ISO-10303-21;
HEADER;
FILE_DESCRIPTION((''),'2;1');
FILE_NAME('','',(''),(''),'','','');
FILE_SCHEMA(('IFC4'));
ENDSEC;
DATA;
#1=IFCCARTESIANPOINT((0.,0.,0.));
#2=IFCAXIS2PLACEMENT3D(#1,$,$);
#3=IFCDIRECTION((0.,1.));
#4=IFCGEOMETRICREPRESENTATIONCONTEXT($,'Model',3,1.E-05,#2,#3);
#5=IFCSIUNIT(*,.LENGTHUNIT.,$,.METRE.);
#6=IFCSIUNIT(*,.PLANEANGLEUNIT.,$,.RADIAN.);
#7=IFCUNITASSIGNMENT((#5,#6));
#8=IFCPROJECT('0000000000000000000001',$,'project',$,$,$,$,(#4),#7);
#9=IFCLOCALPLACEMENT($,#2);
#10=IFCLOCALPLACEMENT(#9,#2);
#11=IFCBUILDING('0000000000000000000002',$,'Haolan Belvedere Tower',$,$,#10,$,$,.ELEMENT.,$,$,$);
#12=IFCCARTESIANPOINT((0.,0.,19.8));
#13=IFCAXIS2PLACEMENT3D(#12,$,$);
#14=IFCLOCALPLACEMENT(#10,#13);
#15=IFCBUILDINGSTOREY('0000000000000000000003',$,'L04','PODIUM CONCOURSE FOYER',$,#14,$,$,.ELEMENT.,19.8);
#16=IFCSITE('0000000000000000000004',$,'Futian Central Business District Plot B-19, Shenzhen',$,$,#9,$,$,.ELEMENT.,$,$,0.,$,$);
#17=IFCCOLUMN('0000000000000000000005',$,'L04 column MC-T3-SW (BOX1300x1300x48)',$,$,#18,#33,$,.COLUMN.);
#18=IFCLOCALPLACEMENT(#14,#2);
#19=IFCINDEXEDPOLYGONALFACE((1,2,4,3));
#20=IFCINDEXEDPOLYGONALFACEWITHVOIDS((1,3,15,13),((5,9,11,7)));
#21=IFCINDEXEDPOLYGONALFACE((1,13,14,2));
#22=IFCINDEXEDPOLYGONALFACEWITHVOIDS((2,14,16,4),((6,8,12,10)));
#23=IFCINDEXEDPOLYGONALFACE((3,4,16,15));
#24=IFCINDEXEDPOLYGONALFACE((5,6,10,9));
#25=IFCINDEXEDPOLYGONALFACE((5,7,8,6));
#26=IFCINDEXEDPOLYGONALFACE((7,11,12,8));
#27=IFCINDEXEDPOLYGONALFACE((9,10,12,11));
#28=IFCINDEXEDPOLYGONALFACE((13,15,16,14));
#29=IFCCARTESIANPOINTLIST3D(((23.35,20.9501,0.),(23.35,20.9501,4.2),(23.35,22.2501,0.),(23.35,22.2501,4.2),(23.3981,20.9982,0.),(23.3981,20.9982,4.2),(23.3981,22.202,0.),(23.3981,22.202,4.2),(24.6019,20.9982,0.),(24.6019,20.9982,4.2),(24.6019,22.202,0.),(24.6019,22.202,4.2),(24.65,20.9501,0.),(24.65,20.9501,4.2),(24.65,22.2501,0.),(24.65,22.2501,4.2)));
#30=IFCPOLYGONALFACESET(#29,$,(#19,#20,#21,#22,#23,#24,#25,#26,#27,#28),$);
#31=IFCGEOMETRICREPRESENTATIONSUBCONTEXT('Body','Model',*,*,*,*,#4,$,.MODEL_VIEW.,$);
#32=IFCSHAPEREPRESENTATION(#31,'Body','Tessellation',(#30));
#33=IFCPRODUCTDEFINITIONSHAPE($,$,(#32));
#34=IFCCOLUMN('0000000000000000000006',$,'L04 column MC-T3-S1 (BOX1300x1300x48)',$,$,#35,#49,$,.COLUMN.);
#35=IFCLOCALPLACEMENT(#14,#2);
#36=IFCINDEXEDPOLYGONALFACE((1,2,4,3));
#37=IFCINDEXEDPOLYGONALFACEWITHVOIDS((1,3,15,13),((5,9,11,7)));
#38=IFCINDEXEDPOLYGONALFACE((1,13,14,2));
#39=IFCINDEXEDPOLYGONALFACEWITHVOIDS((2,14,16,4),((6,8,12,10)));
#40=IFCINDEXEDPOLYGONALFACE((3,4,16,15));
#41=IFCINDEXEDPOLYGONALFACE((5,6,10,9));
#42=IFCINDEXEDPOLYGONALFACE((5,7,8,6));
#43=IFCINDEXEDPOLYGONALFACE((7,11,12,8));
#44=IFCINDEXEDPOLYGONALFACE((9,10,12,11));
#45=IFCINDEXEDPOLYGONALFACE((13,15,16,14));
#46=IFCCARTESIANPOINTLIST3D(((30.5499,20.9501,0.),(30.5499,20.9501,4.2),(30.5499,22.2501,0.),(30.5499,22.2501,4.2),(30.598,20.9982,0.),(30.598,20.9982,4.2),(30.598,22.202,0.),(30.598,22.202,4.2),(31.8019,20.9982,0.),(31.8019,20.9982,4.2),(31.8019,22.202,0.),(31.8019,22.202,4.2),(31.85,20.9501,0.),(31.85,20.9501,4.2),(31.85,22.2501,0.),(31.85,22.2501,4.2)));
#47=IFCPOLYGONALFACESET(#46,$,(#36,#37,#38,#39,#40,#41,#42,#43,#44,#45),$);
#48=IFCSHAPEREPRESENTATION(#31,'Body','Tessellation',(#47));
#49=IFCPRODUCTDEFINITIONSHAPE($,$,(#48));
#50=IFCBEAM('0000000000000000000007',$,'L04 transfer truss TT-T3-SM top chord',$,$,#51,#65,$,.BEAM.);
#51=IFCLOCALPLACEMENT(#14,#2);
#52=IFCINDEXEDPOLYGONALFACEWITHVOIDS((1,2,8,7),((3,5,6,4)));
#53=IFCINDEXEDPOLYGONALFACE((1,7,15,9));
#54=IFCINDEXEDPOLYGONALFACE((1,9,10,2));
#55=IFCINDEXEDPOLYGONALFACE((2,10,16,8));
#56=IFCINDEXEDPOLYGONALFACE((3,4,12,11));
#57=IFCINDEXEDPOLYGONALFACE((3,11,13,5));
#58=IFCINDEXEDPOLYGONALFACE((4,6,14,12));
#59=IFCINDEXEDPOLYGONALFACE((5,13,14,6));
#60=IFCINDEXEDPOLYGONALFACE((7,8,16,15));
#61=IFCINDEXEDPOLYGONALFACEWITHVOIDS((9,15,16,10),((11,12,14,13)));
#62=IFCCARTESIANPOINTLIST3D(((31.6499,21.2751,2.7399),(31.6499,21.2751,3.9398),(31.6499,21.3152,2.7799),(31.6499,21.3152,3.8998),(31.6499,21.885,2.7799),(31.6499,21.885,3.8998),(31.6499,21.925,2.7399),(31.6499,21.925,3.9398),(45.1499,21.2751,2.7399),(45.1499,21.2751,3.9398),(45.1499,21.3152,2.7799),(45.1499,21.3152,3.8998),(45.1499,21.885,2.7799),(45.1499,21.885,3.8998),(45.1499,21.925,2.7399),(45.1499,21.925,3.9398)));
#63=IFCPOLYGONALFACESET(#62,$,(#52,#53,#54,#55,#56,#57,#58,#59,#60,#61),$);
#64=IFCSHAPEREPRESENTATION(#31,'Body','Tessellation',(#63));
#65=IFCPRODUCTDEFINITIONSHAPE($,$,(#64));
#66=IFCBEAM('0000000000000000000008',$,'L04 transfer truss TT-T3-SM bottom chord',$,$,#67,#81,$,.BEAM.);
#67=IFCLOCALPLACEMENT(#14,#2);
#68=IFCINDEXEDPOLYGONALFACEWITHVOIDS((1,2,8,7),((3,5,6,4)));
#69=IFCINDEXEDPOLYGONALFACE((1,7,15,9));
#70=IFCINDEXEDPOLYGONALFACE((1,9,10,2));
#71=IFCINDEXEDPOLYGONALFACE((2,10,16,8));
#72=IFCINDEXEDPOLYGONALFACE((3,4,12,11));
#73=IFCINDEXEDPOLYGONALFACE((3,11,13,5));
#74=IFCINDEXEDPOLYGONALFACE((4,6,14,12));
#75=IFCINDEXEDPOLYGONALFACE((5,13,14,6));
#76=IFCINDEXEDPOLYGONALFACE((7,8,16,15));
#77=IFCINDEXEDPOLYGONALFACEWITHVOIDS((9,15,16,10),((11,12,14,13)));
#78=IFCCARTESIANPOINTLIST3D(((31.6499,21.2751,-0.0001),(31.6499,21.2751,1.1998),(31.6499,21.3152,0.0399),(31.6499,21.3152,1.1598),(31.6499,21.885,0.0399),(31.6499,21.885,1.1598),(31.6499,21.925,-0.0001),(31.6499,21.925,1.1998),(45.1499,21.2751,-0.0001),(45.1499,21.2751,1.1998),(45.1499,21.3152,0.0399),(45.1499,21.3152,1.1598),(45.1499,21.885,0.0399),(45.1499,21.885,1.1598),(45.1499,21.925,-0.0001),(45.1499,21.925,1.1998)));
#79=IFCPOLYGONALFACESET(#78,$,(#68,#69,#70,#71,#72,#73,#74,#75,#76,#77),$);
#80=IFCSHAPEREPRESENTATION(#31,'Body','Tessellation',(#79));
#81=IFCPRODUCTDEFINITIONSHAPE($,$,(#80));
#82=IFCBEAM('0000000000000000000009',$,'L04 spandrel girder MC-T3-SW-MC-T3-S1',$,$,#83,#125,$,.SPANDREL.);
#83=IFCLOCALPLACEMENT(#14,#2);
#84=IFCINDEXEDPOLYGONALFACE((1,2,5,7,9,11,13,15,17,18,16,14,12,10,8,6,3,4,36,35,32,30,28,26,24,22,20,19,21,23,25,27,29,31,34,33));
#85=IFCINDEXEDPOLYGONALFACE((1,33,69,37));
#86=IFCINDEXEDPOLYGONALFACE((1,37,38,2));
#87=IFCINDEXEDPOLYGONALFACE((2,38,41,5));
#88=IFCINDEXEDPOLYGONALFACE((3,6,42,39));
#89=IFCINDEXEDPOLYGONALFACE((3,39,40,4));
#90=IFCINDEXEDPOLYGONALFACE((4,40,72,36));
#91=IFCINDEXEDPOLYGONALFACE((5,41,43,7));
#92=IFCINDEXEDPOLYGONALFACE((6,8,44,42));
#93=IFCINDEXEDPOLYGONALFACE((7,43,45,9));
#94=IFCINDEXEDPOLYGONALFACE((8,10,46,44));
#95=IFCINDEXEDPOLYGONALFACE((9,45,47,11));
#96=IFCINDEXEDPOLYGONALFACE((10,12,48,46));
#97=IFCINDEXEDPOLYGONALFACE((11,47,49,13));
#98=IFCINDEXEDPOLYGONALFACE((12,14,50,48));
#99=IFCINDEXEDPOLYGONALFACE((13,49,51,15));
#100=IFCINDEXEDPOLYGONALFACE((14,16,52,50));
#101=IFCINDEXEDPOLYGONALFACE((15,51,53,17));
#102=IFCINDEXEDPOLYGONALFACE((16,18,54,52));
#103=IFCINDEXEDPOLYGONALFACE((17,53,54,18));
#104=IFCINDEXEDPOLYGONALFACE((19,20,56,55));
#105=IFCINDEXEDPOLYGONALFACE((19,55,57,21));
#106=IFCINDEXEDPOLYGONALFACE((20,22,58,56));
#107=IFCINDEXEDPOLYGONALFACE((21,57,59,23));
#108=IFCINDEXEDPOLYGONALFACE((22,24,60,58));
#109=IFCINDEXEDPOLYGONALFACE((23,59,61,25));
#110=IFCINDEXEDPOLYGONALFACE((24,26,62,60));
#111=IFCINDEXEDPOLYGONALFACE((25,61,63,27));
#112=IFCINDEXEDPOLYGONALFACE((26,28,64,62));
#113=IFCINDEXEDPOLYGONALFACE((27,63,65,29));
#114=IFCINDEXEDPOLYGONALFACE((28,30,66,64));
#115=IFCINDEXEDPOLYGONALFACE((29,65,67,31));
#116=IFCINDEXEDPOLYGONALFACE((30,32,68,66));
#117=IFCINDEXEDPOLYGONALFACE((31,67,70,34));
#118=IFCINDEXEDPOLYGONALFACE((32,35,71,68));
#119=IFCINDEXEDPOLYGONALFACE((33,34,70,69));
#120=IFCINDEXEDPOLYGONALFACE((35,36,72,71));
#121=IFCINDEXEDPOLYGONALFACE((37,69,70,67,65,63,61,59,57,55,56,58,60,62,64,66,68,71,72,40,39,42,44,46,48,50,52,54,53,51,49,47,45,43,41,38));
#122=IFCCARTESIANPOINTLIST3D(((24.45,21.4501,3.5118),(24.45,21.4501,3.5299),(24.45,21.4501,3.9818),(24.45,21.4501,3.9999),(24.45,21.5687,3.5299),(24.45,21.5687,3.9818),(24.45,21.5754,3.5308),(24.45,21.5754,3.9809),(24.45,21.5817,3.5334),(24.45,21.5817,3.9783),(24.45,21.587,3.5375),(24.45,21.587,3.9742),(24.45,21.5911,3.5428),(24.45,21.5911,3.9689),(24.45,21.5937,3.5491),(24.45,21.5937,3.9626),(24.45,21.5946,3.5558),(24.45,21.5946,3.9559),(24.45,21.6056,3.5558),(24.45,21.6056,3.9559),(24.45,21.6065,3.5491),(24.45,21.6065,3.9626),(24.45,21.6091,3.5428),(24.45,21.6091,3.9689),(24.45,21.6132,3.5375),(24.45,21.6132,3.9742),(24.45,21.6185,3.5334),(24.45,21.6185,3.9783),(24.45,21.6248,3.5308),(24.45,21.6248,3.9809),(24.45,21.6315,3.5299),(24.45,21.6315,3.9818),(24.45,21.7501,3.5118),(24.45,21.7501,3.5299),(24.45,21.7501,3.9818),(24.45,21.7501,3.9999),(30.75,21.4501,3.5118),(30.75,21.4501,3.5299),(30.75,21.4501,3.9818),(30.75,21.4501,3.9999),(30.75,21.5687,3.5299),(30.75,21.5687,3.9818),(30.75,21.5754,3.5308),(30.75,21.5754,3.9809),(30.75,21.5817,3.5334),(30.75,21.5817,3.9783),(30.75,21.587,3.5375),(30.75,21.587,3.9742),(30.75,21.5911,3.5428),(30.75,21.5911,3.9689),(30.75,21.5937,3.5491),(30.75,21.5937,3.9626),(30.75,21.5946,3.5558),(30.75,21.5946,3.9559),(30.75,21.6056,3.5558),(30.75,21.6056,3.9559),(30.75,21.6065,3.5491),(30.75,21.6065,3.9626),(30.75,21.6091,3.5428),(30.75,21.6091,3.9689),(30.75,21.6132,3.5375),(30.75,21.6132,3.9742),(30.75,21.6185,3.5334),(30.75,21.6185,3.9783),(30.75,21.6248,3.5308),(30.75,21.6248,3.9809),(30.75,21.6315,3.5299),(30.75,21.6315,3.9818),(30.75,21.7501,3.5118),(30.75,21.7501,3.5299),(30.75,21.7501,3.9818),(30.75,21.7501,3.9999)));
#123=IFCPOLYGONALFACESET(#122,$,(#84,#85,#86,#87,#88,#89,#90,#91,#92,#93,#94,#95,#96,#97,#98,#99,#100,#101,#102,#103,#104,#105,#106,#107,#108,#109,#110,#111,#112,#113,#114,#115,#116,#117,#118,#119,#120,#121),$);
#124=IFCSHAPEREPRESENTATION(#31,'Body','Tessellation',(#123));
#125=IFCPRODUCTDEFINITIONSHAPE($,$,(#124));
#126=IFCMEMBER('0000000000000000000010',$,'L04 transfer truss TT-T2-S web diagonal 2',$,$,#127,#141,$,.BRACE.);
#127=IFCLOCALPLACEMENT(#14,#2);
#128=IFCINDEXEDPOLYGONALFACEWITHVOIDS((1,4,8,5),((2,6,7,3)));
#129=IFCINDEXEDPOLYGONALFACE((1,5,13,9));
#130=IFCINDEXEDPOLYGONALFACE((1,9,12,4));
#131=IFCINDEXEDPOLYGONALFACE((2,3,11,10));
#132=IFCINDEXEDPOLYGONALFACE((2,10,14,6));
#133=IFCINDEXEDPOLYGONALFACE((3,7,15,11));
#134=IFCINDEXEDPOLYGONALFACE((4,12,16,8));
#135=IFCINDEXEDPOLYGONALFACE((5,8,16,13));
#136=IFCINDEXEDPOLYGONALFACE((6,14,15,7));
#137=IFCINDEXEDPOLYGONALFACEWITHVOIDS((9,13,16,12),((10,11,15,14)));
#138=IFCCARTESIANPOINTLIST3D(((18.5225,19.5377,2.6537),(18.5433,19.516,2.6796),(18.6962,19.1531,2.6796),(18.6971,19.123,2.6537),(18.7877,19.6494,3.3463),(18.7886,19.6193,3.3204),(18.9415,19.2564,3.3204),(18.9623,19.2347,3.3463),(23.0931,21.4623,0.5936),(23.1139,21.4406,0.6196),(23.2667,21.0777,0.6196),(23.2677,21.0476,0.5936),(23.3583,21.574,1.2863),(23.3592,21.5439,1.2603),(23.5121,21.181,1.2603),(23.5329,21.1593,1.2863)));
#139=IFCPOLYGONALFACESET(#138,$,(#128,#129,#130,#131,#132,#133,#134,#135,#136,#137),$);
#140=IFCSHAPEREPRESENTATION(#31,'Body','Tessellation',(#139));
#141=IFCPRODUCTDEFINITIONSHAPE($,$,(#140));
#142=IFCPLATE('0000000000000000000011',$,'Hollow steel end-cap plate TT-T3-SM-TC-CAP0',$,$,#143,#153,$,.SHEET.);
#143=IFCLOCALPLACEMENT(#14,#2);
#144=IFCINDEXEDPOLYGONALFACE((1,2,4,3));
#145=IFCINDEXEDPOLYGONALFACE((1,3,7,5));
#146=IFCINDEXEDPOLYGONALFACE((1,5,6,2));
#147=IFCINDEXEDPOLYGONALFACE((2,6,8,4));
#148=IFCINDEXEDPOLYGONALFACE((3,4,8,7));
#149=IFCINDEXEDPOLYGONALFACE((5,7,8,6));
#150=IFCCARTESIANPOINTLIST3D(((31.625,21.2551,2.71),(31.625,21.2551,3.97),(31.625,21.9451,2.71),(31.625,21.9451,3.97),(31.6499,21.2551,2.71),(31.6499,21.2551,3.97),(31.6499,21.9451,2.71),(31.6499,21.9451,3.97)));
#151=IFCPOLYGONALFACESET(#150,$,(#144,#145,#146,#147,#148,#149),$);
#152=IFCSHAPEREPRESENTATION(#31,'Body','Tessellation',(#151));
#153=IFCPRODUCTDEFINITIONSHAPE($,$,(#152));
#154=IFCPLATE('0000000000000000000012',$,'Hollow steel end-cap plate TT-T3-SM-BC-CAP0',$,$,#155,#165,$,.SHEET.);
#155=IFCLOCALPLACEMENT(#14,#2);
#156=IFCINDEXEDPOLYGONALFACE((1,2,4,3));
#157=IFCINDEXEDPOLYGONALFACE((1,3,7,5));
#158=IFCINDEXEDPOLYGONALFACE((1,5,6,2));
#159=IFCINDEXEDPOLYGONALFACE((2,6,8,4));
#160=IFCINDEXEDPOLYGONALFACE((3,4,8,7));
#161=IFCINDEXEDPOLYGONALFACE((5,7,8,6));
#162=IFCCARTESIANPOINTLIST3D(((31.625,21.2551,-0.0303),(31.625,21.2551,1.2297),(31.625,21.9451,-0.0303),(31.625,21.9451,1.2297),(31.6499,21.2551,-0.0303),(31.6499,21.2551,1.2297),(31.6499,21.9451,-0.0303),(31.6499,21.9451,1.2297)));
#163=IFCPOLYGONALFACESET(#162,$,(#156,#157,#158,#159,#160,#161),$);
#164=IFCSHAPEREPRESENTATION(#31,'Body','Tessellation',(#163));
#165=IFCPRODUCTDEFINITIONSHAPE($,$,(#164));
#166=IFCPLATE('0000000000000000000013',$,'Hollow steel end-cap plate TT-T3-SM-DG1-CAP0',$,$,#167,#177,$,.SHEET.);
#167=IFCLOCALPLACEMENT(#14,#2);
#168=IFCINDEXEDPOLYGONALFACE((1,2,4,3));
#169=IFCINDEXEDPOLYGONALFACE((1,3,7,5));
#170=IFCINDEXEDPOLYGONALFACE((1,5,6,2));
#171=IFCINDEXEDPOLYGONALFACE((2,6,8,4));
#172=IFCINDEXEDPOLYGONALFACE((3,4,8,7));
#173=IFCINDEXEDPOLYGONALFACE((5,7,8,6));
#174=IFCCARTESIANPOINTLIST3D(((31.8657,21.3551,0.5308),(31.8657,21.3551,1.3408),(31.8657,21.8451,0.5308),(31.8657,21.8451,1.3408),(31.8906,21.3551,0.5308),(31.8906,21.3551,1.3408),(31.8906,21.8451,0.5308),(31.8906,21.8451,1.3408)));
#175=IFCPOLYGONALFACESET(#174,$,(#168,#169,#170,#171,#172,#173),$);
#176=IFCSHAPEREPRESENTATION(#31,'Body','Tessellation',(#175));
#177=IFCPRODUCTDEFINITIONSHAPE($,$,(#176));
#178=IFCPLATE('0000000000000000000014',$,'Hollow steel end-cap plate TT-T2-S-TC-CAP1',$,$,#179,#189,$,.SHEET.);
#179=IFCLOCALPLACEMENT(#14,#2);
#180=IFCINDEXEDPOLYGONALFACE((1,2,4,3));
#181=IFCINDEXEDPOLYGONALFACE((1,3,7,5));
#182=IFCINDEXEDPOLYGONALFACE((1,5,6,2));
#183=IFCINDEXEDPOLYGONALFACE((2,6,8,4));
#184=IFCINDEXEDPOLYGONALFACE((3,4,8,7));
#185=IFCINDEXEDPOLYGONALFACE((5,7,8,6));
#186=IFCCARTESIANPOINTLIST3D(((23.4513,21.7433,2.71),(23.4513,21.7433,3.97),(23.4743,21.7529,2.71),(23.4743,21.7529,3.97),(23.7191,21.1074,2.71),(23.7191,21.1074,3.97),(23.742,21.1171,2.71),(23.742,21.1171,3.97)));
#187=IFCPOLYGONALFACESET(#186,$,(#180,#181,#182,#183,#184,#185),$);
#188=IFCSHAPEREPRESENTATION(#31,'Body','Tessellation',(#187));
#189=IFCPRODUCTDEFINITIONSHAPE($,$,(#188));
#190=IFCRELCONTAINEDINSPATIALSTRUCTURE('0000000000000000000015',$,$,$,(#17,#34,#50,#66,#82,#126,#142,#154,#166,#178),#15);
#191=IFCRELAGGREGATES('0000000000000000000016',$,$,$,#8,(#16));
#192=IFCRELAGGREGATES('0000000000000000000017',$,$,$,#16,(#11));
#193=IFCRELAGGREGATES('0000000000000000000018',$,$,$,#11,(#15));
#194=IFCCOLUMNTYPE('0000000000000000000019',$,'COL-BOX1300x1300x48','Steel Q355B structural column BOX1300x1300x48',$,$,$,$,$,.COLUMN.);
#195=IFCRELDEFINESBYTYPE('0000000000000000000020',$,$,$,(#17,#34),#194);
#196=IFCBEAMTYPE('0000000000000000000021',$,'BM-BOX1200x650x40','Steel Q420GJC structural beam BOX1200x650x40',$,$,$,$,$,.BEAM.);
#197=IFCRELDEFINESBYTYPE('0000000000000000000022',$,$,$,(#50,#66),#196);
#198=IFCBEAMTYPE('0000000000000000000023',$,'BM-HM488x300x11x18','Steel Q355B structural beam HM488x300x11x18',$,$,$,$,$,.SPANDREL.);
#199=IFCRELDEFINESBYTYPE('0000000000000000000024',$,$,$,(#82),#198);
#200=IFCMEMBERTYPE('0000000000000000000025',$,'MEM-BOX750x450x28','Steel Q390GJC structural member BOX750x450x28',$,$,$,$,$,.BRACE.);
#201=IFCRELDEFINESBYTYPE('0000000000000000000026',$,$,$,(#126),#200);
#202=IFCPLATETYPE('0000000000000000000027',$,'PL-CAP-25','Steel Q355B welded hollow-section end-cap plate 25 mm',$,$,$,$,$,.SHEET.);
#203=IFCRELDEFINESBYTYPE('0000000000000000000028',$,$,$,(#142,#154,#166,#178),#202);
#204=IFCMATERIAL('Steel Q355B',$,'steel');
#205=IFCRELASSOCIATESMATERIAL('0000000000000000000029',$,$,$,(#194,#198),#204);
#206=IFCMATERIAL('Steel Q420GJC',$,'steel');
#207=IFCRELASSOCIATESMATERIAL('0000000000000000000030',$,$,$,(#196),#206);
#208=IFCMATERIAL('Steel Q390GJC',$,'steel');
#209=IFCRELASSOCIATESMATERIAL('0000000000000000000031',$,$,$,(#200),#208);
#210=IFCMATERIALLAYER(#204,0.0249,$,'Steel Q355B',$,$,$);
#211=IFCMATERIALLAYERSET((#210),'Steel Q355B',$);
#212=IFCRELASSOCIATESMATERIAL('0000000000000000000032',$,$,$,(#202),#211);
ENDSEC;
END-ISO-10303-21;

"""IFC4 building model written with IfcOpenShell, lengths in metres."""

from ifc_helpers import new_model, si_unit, direction, frame, origin, origin_2d, place, context, subcontext, project, spatial, rectangle, hollow_rectangle, i_section, extrude, material, layer, layer_set, material_profile, profile_set, type_object, element, save


model = new_model("IFC4")

# Units and contexts
model_context = context("Model", 3, precision=1e-05, world=origin(), true_north=direction((0.0, 1.0)))
body_context = subcontext(model_context, "Body", "Model", "MODEL_VIEW")
ifc_project = project(units=[si_unit("LENGTHUNIT", "METRE"), si_unit("PLANEANGLEUNIT", "RADIAN")], contexts=[model_context])

# Site, building, storey
site_placement = place(None, origin())
site = spatial("IfcSite", under=ifc_project, at=site_placement, Name="Futian Central Business District Plot B-19, Shenzhen", CompositionType="ELEMENT", RefElevation=0.0)
building_placement = place(site_placement, origin())
building = spatial("IfcBuilding", under=site, at=building_placement, Name="Haolan Belvedere Tower", CompositionType="ELEMENT")
storey_placement = place(building_placement, frame((0.0, 0.0, 19.8)))
storey = spatial("IfcBuildingStorey", under=building, at=storey_placement, Name="L04", Description="PODIUM CONCOURSE FOYER", CompositionType="ELEMENT", Elevation=19.8)

# Columns
ifc_material_1 = material(Name="Steel Q355B", Category="steel")
ifc_material_profile_1 = material_profile(ifc_material_1, hollow_rectangle(XDim=1.3, YDim=1.3, WallThickness=0.0481, at=origin_2d()), Name="Steel Q355B")
ifc_profile_set_1 = profile_set([ifc_material_profile_1], Name="Steel Q355B")
column_type = type_object("IfcColumnType", Name="COL-BOX1300x1300x48", Description="Steel Q355B structural column BOX1300x1300x48", PredefinedType="COLUMN", material=ifc_profile_set_1)
for number, where, z_axis, x_axis, name in (
    (1, (24.0, 21.6001, 0.0), (0.0, 0.0, 1.0), (1.0, 0.0, 0.0), "L04 column MC-T3-SW (BOX1300x1300x48)"),
    (2, (31.2, 21.6001, 0.0), (0.0, 0.0, 1.0), (1.0, 0.0, 0.0), "L04 column MC-T3-S1 (BOX1300x1300x48)"),
):
    element("IfcColumn", number, at=place(storey_placement, frame(where, z_axis=z_axis, x_axis=x_axis)), inside=storey, type_object=column_type, Name=name, PredefinedType="COLUMN", context=body_context, shape_type="SweptSolid", body=[
        extrude(hollow_rectangle(XDim=1.3, YDim=1.3, WallThickness=0.0481, at=origin_2d()), origin(), (0.0, 0.0, 1.0), 4.2),
    ])

# Beams
ifc_material_2 = material(Name="Steel Q420GJC", Category="steel")
ifc_material_profile_2 = material_profile(ifc_material_2, hollow_rectangle(XDim=0.6499, YDim=1.2, WallThickness=0.04, at=origin_2d()), Name="Steel Q420GJC")
ifc_profile_set_2 = profile_set([ifc_material_profile_2], Name="Steel Q420GJC")
beam_type_1 = type_object("IfcBeamType", Name="BM-BOX1200x650x40", Description="Steel Q420GJC structural beam BOX1200x650x40", PredefinedType="BEAM", material=ifc_profile_set_2)
for number, where, z_axis, x_axis, name in (
    (3, (31.6499, 21.6001, 3.3398), (1.0, 0.0, 0.0), (0.0, 1.0, 0.0), "L04 transfer truss TT-T3-SM top chord"),
    (4, (31.6499, 21.6001, 0.5999), (1.0, 0.0, 0.0), (0.0, 1.0, 0.0), "L04 transfer truss TT-T3-SM bottom chord"),
):
    element("IfcBeam", number, at=place(storey_placement, frame(where, z_axis=z_axis, x_axis=x_axis)), inside=storey, type_object=beam_type_1, Name=name, PredefinedType="BEAM", context=body_context, shape_type="SweptSolid", body=[
        extrude(hollow_rectangle(XDim=0.6499, YDim=1.2, WallThickness=0.04, at=origin_2d()), origin(), (0.0, 0.0, 1.0), 13.5),
    ])
ifc_material_profile_3 = material_profile(ifc_material_1, i_section(OverallWidth=0.3, OverallDepth=0.488, WebThickness=0.011, FlangeThickness=0.0181, FilletRadius=0.0259, at=origin_2d()), Name="Steel Q355B")
ifc_profile_set_3 = profile_set([ifc_material_profile_3], Name="Steel Q355B")
beam_type_2 = type_object("IfcBeamType", Name="BM-HM488x300x11x18", Description="Steel Q355B structural beam HM488x300x11x18", PredefinedType="SPANDREL", material=ifc_profile_set_3)
beam_placement = place(storey_placement, frame((24.45, 21.6001, 3.7559), z_axis=(1.0, 0.0, 0.0), x_axis=(0.0, 1.0, 0.0)))
element("IfcBeam", 5, at=beam_placement, inside=storey, type_object=beam_type_2, Name="L04 spandrel girder MC-T3-SW-MC-T3-S1", PredefinedType="SPANDREL", context=body_context, shape_type="SweptSolid", body=[
    extrude(i_section(OverallWidth=0.3, OverallDepth=0.488, WebThickness=0.011, FlangeThickness=0.0181, FilletRadius=0.0259, at=origin_2d()), origin(), (0.0, 0.0, 1.0), 6.3),
])

# Member
ifc_material_3 = material(Name="Steel Q390GJC", Category="steel")
ifc_material_profile_4 = material_profile(ifc_material_3, hollow_rectangle(XDim=0.45, YDim=0.75, WallThickness=0.0281, at=origin_2d()), Name="Steel Q390GJC")
ifc_profile_set_4 = profile_set([ifc_material_profile_4], Name="Steel Q390GJC")
member_type = type_object("IfcMemberType", Name="MEM-BOX750x450x28", Description="Steel Q390GJC structural member BOX750x450x28", PredefinedType="BRACE", material=ifc_profile_set_4)
member_placement = place(storey_placement, frame((23.313, 21.3108, 0.9399), z_axis=(-0.851115, -0.358386, 0.383618), x_axis=(0.388077, -0.921627, 0.0)))
element("IfcMember", 6, at=member_placement, inside=storey, type_object=member_type, Name="L04 transfer truss TT-T2-S web diagonal 2", PredefinedType="BRACE", context=body_context, shape_type="SweptSolid", body=[
    extrude(hollow_rectangle(XDim=0.45, YDim=0.75, WallThickness=0.0281, at=origin_2d()), origin(), (0.0, 0.0, 1.0), 5.3701),
])

# Plates
ifc_layer_1 = layer(ifc_material_1, 0.0249, Name="Steel Q355B")
ifc_layer_set_1 = layer_set([ifc_layer_1], Name="Steel Q355B")
plate_type_1 = type_object("IfcPlateType", Name="PL-CAP-25", Description="Steel Q355B welded hollow-section end-cap plate 25 mm", PredefinedType="SHEET", material=ifc_layer_set_1)
for number, where, z_axis, x_axis, name in (
    (7, (31.6375, 21.6001, 2.71), (0.0, 0.0, 1.0), (0.0, -1.0, 0.0), "Hollow steel end-cap plate TT-T3-SM-TC-CAP0"),
    (8, (31.6375, 21.6001, -0.0303), (0.0, 0.0, 1.0), (0.0, -1.0, 0.0), "Hollow steel end-cap plate TT-T3-SM-BC-CAP0"),
):
    element("IfcPlate", number, at=place(storey_placement, frame(where, z_axis=z_axis, x_axis=x_axis)), inside=storey, type_object=plate_type_1, Name=name, PredefinedType="SHEET", context=body_context, shape_type="SweptSolid", body=[
        extrude(rectangle(XDim=0.6899, YDim=0.0249, at=origin_2d()), origin(), (0.0, 0.0, 1.0), 1.26),
    ])
plate_1_placement = place(storey_placement, frame((31.8782, 21.6001, 0.5308), z_axis=(0.0, 0.0, 1.0), x_axis=(0.0, -1.0, 0.0)))
element("IfcPlate", 9, at=plate_1_placement, inside=storey, type_object=plate_type_1, Name="Hollow steel end-cap plate TT-T3-SM-DG1-CAP0", PredefinedType="SHEET", context=body_context, shape_type="SweptSolid", body=[
    extrude(rectangle(XDim=0.49, YDim=0.0249, at=origin_2d()), origin(), (0.0, 0.0, 1.0), 0.8101),
])
for number, where, z_axis, x_axis, name in (
    (10, (23.5967, 21.4302, 2.71), (0.0, 0.0, 1.0), (-0.388063, 0.921633, 0.0), "Hollow steel end-cap plate TT-T2-S-TC-CAP1"),
):
    element("IfcPlate", number, at=place(storey_placement, frame(where, z_axis=z_axis, x_axis=x_axis)), inside=storey, type_object=plate_type_1, Name=name, PredefinedType="SHEET", context=body_context, shape_type="SweptSolid", body=[
        extrude(rectangle(XDim=0.6899, YDim=0.0249, at=origin_2d()), origin(), (0.0, 0.0, 1.0), 1.26),
    ])

save(model, "model.ifc")
